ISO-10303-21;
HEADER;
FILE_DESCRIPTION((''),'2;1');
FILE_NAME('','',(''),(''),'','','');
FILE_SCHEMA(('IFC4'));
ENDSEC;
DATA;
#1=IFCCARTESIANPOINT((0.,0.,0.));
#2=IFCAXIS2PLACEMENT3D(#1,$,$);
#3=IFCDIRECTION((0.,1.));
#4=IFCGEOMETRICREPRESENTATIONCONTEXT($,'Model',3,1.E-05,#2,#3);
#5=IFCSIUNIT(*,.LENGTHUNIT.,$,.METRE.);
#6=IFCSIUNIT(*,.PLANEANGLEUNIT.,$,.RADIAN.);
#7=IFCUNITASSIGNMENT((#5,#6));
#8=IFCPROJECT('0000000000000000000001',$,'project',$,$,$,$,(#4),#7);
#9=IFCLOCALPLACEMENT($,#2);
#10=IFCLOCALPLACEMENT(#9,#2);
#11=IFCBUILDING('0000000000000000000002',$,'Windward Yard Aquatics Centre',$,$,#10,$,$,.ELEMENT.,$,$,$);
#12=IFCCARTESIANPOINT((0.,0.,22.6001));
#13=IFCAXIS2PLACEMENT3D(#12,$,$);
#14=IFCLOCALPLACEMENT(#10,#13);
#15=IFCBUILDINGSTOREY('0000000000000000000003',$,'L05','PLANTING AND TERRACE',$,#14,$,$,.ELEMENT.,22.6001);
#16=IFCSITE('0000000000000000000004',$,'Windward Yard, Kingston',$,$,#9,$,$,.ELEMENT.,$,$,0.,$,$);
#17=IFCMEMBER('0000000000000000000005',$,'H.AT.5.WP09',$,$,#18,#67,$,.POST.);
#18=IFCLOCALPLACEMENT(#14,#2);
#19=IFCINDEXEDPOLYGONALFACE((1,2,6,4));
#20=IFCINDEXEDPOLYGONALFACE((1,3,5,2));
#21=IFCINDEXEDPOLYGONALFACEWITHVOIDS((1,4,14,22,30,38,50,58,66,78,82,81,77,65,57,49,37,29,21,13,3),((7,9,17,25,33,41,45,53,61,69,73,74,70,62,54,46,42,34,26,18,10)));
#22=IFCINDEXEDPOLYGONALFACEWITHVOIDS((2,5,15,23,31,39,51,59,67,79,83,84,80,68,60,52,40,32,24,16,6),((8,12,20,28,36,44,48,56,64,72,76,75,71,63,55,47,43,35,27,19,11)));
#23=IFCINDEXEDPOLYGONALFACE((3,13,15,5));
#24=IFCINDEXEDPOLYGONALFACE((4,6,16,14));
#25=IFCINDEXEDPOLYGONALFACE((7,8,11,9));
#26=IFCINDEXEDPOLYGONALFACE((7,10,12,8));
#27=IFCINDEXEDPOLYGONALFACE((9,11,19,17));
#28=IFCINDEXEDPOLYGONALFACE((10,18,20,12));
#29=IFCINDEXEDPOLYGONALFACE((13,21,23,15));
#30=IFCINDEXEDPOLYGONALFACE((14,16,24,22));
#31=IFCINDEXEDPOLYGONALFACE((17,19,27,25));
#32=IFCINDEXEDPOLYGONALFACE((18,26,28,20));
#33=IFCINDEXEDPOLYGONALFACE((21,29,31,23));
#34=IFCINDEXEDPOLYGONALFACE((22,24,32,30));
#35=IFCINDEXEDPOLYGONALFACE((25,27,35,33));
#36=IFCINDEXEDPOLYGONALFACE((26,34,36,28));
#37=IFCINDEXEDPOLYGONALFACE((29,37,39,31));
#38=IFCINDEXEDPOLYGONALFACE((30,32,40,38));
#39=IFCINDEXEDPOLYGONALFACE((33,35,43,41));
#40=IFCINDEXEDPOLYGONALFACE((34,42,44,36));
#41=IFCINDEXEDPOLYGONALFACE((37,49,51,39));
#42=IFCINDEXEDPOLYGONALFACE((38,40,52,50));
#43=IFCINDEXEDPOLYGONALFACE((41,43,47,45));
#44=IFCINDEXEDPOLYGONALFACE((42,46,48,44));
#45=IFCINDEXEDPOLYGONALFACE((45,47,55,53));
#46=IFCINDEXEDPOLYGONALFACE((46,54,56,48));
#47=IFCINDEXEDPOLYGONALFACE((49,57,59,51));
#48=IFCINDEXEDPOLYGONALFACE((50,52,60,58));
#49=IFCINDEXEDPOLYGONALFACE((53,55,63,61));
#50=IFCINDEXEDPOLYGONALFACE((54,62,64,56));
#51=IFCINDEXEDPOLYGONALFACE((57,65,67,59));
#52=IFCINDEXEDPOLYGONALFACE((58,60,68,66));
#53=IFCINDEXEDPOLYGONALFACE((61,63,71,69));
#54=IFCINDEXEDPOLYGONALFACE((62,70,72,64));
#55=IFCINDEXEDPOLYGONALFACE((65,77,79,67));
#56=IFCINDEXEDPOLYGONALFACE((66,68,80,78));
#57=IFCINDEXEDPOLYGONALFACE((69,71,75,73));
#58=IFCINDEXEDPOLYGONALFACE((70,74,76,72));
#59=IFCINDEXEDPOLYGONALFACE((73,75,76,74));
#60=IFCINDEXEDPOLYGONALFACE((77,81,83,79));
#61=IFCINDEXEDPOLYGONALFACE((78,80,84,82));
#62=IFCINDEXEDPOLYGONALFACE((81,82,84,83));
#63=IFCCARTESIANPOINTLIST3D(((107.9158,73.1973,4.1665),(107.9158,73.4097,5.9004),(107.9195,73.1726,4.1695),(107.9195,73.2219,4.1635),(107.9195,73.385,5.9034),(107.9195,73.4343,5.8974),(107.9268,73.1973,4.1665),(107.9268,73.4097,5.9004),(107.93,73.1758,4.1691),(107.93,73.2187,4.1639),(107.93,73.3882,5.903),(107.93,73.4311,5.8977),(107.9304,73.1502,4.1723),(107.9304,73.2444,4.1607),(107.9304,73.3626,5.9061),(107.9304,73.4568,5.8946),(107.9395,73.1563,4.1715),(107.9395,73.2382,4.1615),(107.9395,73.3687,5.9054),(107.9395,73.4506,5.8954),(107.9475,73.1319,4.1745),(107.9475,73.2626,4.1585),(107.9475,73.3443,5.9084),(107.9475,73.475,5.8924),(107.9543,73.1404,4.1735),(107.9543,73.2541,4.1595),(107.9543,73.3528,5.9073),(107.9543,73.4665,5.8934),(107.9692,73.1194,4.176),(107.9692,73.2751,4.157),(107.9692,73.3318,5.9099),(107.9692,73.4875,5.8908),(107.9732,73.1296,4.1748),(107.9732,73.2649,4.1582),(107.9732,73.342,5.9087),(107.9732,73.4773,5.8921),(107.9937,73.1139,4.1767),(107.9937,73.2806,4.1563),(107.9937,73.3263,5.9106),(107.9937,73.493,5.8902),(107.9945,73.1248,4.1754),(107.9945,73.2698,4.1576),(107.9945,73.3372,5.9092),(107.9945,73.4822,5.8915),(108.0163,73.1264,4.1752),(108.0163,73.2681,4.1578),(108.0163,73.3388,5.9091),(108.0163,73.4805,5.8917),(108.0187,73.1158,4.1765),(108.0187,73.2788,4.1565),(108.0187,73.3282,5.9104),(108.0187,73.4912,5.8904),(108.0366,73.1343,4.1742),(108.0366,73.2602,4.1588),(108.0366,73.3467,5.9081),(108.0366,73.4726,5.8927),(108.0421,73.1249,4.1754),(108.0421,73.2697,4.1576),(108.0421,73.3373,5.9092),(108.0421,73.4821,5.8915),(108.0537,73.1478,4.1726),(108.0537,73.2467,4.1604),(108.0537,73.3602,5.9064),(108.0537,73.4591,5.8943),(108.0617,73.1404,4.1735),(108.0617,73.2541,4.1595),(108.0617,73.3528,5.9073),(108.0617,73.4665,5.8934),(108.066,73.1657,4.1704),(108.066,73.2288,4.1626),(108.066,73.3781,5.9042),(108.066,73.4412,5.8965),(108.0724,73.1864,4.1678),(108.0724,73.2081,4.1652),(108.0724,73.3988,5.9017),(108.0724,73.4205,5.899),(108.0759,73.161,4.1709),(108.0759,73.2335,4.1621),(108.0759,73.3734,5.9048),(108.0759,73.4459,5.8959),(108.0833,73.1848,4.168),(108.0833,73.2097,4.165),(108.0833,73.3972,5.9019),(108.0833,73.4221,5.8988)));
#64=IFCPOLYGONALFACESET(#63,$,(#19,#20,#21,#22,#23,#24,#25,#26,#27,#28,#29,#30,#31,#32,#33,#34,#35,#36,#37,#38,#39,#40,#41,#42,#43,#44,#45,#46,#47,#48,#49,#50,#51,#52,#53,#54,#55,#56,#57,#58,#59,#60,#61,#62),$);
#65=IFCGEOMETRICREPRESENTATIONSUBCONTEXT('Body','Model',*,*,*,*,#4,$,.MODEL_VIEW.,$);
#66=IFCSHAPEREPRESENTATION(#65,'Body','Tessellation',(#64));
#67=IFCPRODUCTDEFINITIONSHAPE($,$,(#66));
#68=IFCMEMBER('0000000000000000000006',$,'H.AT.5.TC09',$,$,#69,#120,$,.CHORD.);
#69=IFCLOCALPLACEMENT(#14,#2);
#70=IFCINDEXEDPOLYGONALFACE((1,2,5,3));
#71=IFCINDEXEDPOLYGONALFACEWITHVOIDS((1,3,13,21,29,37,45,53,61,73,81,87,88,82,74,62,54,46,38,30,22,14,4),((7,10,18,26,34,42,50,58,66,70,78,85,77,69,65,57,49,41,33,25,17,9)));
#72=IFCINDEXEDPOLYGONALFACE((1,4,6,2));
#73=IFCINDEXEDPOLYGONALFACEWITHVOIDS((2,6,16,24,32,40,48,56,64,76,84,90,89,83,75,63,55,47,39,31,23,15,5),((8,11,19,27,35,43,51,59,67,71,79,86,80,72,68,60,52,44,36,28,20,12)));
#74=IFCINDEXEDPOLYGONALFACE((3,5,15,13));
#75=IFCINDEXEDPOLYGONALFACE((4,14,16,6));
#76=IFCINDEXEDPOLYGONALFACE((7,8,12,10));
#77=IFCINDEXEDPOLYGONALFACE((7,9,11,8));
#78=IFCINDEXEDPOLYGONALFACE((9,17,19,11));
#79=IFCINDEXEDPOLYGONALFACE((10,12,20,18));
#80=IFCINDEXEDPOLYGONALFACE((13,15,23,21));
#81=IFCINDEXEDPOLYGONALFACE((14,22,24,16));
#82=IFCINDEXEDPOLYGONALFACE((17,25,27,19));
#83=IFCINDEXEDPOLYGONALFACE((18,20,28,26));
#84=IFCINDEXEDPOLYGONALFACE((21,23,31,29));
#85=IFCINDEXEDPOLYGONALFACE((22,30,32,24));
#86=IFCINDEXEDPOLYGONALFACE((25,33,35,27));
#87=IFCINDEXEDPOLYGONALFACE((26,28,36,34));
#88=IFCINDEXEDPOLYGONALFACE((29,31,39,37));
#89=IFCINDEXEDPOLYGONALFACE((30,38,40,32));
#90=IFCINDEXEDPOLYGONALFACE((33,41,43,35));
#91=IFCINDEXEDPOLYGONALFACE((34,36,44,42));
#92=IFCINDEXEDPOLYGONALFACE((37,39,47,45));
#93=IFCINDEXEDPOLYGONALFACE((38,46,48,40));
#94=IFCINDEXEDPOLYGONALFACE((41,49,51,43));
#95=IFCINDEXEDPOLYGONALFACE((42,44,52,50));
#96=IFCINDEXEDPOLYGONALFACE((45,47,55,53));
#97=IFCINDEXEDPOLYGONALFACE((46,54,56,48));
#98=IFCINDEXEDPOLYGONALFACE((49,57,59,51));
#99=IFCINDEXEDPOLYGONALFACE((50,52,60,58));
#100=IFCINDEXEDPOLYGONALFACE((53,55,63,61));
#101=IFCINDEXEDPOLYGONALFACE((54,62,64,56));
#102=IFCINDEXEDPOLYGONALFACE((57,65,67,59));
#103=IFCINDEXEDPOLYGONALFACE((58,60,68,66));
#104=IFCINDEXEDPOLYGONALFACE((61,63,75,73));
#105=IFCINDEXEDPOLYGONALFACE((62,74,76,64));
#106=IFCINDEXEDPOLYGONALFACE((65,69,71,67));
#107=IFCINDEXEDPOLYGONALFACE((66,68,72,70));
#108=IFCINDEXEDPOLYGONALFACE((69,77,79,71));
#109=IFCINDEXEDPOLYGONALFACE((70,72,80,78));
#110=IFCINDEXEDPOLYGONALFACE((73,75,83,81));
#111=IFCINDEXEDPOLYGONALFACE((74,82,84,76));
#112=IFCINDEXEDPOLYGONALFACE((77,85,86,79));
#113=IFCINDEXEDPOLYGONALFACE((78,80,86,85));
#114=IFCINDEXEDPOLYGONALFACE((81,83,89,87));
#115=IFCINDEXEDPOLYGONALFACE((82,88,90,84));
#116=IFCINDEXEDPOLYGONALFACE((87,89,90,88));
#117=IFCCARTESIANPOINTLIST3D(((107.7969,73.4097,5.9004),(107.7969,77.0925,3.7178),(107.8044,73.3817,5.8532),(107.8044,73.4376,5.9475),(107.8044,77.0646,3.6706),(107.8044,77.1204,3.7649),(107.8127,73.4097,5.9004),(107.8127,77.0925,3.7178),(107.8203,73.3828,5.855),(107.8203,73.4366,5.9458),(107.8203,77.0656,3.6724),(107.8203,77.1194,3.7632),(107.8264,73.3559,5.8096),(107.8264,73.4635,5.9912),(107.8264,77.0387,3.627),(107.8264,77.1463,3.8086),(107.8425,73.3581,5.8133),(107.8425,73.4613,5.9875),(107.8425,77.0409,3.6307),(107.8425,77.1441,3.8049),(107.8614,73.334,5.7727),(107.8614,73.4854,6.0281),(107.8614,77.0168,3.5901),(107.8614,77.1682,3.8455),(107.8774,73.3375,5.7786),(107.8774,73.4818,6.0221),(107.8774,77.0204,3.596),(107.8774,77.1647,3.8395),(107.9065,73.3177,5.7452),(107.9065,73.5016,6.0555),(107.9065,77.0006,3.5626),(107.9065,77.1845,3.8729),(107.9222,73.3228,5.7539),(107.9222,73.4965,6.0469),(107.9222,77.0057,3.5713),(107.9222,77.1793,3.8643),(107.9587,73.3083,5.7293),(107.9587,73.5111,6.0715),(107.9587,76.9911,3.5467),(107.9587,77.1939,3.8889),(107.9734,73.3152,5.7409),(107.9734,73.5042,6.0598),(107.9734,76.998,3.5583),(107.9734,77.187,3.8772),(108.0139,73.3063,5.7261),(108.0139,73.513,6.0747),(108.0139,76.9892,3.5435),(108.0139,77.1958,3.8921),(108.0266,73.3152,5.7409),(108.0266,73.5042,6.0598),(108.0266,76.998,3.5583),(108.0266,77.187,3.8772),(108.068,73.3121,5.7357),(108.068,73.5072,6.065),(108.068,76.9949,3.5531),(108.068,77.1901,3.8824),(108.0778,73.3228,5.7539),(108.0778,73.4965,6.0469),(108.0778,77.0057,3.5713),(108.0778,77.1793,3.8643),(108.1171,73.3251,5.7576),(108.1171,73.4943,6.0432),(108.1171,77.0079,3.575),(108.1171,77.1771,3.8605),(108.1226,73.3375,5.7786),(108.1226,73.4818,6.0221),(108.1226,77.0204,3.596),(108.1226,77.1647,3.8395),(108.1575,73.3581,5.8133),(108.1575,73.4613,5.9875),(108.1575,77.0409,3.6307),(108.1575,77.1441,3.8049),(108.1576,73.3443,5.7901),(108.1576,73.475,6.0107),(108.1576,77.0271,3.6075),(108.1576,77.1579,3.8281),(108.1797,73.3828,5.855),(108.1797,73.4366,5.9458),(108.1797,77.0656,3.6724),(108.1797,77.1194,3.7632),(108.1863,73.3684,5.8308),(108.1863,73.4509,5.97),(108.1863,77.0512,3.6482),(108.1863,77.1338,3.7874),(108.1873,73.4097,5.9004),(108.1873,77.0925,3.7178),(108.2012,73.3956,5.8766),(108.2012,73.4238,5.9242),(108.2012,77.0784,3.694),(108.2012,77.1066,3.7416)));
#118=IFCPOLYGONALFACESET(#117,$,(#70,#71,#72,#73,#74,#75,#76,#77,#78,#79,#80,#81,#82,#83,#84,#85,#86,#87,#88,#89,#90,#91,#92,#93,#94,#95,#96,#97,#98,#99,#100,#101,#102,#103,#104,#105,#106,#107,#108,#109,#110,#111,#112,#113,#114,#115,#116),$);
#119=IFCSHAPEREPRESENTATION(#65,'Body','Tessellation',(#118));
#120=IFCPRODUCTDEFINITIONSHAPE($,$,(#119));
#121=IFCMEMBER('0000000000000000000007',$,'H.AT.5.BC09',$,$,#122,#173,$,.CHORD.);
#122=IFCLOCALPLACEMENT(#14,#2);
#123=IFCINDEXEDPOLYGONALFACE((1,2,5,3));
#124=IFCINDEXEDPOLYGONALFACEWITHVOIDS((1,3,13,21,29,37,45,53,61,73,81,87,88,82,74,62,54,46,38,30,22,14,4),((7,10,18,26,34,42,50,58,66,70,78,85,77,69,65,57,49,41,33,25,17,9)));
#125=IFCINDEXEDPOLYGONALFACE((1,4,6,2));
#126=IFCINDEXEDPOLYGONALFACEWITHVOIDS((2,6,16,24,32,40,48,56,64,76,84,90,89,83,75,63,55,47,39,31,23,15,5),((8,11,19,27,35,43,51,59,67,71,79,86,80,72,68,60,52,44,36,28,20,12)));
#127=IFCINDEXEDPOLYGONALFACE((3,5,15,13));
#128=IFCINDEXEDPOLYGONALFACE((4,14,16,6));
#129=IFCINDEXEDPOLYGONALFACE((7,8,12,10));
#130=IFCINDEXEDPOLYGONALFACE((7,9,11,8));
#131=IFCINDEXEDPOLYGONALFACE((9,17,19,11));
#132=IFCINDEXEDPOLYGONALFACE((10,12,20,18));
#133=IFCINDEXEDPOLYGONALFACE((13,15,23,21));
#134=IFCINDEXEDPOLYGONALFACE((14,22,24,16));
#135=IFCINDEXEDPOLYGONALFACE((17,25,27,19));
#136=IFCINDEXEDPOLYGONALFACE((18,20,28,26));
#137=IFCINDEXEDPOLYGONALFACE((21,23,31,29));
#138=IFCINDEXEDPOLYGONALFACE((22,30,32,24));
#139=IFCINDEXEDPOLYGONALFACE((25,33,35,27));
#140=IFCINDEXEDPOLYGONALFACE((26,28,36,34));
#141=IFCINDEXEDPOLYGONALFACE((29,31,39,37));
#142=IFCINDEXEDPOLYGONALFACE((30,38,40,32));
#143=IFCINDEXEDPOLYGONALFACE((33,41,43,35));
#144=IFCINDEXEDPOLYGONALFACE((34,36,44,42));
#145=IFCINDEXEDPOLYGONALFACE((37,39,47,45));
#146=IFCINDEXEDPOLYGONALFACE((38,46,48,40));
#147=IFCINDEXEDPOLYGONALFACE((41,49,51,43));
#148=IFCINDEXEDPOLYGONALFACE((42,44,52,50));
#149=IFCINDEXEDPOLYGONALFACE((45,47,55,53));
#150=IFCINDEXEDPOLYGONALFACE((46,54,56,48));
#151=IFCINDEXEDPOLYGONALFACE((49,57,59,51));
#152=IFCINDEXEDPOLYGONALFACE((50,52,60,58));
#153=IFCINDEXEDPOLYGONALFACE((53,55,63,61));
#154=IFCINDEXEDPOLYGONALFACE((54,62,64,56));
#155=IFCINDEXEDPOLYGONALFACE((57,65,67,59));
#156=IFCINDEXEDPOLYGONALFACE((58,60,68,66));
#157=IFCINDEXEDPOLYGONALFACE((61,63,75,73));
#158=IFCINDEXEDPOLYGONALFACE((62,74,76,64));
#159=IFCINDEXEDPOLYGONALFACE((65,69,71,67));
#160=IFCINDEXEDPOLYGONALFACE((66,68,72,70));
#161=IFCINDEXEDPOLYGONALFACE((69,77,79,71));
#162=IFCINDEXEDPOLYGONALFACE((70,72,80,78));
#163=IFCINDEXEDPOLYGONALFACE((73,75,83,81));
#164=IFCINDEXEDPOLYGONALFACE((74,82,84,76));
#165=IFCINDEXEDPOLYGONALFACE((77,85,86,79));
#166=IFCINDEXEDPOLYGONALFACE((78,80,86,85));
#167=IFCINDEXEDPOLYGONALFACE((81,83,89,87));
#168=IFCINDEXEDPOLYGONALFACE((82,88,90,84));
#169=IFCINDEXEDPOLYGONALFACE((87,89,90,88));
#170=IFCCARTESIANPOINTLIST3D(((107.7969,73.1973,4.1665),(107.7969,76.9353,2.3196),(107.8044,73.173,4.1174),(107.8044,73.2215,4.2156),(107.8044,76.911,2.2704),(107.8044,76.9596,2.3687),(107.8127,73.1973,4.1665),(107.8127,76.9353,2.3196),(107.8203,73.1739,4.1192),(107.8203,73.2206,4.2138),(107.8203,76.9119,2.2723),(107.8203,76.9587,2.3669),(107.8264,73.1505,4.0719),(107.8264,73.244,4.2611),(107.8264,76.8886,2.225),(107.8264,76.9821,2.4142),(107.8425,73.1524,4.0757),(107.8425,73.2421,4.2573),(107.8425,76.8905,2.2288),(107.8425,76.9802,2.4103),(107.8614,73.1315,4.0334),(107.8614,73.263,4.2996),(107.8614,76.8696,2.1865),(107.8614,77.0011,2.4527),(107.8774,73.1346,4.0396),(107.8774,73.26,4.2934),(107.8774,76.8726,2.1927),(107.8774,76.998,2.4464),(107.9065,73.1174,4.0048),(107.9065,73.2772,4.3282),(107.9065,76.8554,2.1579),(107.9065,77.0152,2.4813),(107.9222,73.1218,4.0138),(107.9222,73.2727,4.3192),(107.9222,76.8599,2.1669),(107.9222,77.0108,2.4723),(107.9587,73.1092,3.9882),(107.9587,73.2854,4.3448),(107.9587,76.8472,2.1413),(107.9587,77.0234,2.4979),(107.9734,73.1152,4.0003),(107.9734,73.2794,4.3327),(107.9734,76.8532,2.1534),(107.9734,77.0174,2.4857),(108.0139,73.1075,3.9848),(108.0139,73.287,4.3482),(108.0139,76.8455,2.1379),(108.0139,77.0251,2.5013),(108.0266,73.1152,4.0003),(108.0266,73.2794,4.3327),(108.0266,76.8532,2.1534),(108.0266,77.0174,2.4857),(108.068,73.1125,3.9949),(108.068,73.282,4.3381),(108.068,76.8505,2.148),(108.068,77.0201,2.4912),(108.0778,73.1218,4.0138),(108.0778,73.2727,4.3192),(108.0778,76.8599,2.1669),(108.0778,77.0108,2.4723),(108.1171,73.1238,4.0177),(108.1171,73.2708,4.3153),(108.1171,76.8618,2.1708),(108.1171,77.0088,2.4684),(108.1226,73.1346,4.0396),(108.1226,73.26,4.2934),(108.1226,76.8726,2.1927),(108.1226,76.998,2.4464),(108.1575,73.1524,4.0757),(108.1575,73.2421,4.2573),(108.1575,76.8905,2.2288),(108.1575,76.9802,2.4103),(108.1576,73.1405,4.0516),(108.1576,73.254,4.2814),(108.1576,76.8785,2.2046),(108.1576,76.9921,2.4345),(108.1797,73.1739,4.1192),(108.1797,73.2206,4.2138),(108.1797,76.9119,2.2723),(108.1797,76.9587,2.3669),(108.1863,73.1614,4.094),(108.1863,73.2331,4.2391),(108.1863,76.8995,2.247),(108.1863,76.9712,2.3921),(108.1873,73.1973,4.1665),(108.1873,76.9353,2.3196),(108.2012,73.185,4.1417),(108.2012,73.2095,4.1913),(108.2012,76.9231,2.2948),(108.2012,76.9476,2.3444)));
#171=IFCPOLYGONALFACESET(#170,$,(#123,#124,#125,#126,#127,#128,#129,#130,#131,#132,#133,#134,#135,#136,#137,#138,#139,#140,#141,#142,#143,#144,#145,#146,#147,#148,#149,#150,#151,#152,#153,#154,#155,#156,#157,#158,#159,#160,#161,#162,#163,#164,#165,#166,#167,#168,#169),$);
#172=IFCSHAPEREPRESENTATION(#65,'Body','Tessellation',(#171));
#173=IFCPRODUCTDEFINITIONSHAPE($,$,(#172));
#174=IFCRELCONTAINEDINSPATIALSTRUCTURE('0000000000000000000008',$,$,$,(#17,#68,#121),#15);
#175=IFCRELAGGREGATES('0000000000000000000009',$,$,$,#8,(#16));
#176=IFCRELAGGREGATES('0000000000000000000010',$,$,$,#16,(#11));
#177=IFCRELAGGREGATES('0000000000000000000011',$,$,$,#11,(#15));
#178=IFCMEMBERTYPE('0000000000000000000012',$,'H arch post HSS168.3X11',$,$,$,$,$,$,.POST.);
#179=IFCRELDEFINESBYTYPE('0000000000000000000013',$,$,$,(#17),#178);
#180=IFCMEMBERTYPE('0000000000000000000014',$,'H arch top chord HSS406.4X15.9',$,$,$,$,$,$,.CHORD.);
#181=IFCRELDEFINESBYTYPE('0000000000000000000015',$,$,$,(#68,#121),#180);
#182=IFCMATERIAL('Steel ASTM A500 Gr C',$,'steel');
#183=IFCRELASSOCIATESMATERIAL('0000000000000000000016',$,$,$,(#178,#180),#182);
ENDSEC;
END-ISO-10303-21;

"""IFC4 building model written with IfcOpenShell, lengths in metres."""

from ifc_helpers import new_model, si_unit, direction, frame, origin, origin_2d, place, context, subcontext, project, spatial, hollow_circle, extrude, material, material_profile, profile_set, type_object, element, save


model = new_model("IFC4")

# Units and contexts
model_context = context("Model", 3, precision=1e-05, world=origin(), true_north=direction((0.0, 1.0)))
body_context = subcontext(model_context, "Body", "Model", "MODEL_VIEW")
ifc_project = project(units=[si_unit("LENGTHUNIT", "METRE"), si_unit("PLANEANGLEUNIT", "RADIAN")], contexts=[model_context])

# Site, building, storey
site_placement = place(None, origin())
site = spatial("IfcSite", under=ifc_project, at=site_placement, Name="Windward Yard, Kingston", CompositionType="ELEMENT", RefElevation=0.0)
building_placement = place(site_placement, origin())
building = spatial("IfcBuilding", under=site, at=building_placement, Name="Windward Yard Aquatics Centre", CompositionType="ELEMENT")
storey_placement = place(building_placement, frame((0.0, 0.0, 22.6001)))
storey = spatial("IfcBuildingStorey", under=building, at=storey_placement, Name="L05", Description="PLANTING AND TERRACE", CompositionType="ELEMENT", Elevation=22.6001)

# Members
ifc_material_1 = material(Name="Steel ASTM A500 Gr C", Category="steel")
ifc_material_profile_1 = material_profile(ifc_material_1, hollow_circle(Radius=0.0842, WallThickness=0.011, at=origin_2d()), Name="HSS168.3X11")
ifc_profile_set_1 = profile_set([ifc_material_profile_1], Name="Steel ASTM A500 Gr C")
member_type_1 = type_object("IfcMemberType", Name="H arch post HSS168.3X11", PredefinedType="POST", material=ifc_profile_set_1)
member_1_placement = place(storey_placement, frame((108.0, 73.1973, 4.1665), z_axis=(0.0, 0.121592, 0.99258), x_axis=(-1.0, 0.0, 0.0)))
element("IfcMember", 1, at=member_1_placement, inside=storey, type_object=member_type_1, Name="H.AT.5.WP09", PredefinedType="POST", context=body_context, shape_type="SweptSolid", body=[
    extrude(hollow_circle(Radius=0.0842, WallThickness=0.011, at=origin_2d()), origin(), (0.0, 0.0, 1.0), 1.7468),
])
ifc_material_profile_2 = material_profile(ifc_material_1, hollow_circle(Radius=0.2031, WallThickness=0.0159, at=origin_2d()), Name="HSS406.4X15.9")
ifc_profile_set_2 = profile_set([ifc_material_profile_2], Name="Steel ASTM A500 Gr C")
member_type_2 = type_object("IfcMemberType", Name="H arch top chord HSS406.4X15.9", PredefinedType="CHORD", material=ifc_profile_set_2)
member_2_placement = place(storey_placement, frame((108.0, 73.4097, 5.9004), z_axis=(0.0, 0.860273, -0.509834), x_axis=(-1.0, 0.0, 0.0)))
element("IfcMember", 2, at=member_2_placement, inside=storey, type_object=member_type_2, Name="H.AT.5.TC09", PredefinedType="CHORD", context=body_context, shape_type="SweptSolid", body=[
    extrude(hollow_circle(Radius=0.2031, WallThickness=0.0159, at=origin_2d()), origin(), (0.0, 0.0, 1.0), 4.281),
])
member_3_placement = place(storey_placement, frame((108.0, 73.1973, 4.1665), z_axis=(0.0, 0.896537, -0.442969), x_axis=(-1.0, 0.0, 0.0)))
element("IfcMember", 3, at=member_3_placement, inside=storey, type_object=member_type_2, Name="H.AT.5.BC09", PredefinedType="CHORD", context=body_context, shape_type="SweptSolid", body=[
    extrude(hollow_circle(Radius=0.2031, WallThickness=0.0159, at=origin_2d()), origin(), (0.0, 0.0, 1.0), 4.1694),
])

save(model, "model.ifc")
